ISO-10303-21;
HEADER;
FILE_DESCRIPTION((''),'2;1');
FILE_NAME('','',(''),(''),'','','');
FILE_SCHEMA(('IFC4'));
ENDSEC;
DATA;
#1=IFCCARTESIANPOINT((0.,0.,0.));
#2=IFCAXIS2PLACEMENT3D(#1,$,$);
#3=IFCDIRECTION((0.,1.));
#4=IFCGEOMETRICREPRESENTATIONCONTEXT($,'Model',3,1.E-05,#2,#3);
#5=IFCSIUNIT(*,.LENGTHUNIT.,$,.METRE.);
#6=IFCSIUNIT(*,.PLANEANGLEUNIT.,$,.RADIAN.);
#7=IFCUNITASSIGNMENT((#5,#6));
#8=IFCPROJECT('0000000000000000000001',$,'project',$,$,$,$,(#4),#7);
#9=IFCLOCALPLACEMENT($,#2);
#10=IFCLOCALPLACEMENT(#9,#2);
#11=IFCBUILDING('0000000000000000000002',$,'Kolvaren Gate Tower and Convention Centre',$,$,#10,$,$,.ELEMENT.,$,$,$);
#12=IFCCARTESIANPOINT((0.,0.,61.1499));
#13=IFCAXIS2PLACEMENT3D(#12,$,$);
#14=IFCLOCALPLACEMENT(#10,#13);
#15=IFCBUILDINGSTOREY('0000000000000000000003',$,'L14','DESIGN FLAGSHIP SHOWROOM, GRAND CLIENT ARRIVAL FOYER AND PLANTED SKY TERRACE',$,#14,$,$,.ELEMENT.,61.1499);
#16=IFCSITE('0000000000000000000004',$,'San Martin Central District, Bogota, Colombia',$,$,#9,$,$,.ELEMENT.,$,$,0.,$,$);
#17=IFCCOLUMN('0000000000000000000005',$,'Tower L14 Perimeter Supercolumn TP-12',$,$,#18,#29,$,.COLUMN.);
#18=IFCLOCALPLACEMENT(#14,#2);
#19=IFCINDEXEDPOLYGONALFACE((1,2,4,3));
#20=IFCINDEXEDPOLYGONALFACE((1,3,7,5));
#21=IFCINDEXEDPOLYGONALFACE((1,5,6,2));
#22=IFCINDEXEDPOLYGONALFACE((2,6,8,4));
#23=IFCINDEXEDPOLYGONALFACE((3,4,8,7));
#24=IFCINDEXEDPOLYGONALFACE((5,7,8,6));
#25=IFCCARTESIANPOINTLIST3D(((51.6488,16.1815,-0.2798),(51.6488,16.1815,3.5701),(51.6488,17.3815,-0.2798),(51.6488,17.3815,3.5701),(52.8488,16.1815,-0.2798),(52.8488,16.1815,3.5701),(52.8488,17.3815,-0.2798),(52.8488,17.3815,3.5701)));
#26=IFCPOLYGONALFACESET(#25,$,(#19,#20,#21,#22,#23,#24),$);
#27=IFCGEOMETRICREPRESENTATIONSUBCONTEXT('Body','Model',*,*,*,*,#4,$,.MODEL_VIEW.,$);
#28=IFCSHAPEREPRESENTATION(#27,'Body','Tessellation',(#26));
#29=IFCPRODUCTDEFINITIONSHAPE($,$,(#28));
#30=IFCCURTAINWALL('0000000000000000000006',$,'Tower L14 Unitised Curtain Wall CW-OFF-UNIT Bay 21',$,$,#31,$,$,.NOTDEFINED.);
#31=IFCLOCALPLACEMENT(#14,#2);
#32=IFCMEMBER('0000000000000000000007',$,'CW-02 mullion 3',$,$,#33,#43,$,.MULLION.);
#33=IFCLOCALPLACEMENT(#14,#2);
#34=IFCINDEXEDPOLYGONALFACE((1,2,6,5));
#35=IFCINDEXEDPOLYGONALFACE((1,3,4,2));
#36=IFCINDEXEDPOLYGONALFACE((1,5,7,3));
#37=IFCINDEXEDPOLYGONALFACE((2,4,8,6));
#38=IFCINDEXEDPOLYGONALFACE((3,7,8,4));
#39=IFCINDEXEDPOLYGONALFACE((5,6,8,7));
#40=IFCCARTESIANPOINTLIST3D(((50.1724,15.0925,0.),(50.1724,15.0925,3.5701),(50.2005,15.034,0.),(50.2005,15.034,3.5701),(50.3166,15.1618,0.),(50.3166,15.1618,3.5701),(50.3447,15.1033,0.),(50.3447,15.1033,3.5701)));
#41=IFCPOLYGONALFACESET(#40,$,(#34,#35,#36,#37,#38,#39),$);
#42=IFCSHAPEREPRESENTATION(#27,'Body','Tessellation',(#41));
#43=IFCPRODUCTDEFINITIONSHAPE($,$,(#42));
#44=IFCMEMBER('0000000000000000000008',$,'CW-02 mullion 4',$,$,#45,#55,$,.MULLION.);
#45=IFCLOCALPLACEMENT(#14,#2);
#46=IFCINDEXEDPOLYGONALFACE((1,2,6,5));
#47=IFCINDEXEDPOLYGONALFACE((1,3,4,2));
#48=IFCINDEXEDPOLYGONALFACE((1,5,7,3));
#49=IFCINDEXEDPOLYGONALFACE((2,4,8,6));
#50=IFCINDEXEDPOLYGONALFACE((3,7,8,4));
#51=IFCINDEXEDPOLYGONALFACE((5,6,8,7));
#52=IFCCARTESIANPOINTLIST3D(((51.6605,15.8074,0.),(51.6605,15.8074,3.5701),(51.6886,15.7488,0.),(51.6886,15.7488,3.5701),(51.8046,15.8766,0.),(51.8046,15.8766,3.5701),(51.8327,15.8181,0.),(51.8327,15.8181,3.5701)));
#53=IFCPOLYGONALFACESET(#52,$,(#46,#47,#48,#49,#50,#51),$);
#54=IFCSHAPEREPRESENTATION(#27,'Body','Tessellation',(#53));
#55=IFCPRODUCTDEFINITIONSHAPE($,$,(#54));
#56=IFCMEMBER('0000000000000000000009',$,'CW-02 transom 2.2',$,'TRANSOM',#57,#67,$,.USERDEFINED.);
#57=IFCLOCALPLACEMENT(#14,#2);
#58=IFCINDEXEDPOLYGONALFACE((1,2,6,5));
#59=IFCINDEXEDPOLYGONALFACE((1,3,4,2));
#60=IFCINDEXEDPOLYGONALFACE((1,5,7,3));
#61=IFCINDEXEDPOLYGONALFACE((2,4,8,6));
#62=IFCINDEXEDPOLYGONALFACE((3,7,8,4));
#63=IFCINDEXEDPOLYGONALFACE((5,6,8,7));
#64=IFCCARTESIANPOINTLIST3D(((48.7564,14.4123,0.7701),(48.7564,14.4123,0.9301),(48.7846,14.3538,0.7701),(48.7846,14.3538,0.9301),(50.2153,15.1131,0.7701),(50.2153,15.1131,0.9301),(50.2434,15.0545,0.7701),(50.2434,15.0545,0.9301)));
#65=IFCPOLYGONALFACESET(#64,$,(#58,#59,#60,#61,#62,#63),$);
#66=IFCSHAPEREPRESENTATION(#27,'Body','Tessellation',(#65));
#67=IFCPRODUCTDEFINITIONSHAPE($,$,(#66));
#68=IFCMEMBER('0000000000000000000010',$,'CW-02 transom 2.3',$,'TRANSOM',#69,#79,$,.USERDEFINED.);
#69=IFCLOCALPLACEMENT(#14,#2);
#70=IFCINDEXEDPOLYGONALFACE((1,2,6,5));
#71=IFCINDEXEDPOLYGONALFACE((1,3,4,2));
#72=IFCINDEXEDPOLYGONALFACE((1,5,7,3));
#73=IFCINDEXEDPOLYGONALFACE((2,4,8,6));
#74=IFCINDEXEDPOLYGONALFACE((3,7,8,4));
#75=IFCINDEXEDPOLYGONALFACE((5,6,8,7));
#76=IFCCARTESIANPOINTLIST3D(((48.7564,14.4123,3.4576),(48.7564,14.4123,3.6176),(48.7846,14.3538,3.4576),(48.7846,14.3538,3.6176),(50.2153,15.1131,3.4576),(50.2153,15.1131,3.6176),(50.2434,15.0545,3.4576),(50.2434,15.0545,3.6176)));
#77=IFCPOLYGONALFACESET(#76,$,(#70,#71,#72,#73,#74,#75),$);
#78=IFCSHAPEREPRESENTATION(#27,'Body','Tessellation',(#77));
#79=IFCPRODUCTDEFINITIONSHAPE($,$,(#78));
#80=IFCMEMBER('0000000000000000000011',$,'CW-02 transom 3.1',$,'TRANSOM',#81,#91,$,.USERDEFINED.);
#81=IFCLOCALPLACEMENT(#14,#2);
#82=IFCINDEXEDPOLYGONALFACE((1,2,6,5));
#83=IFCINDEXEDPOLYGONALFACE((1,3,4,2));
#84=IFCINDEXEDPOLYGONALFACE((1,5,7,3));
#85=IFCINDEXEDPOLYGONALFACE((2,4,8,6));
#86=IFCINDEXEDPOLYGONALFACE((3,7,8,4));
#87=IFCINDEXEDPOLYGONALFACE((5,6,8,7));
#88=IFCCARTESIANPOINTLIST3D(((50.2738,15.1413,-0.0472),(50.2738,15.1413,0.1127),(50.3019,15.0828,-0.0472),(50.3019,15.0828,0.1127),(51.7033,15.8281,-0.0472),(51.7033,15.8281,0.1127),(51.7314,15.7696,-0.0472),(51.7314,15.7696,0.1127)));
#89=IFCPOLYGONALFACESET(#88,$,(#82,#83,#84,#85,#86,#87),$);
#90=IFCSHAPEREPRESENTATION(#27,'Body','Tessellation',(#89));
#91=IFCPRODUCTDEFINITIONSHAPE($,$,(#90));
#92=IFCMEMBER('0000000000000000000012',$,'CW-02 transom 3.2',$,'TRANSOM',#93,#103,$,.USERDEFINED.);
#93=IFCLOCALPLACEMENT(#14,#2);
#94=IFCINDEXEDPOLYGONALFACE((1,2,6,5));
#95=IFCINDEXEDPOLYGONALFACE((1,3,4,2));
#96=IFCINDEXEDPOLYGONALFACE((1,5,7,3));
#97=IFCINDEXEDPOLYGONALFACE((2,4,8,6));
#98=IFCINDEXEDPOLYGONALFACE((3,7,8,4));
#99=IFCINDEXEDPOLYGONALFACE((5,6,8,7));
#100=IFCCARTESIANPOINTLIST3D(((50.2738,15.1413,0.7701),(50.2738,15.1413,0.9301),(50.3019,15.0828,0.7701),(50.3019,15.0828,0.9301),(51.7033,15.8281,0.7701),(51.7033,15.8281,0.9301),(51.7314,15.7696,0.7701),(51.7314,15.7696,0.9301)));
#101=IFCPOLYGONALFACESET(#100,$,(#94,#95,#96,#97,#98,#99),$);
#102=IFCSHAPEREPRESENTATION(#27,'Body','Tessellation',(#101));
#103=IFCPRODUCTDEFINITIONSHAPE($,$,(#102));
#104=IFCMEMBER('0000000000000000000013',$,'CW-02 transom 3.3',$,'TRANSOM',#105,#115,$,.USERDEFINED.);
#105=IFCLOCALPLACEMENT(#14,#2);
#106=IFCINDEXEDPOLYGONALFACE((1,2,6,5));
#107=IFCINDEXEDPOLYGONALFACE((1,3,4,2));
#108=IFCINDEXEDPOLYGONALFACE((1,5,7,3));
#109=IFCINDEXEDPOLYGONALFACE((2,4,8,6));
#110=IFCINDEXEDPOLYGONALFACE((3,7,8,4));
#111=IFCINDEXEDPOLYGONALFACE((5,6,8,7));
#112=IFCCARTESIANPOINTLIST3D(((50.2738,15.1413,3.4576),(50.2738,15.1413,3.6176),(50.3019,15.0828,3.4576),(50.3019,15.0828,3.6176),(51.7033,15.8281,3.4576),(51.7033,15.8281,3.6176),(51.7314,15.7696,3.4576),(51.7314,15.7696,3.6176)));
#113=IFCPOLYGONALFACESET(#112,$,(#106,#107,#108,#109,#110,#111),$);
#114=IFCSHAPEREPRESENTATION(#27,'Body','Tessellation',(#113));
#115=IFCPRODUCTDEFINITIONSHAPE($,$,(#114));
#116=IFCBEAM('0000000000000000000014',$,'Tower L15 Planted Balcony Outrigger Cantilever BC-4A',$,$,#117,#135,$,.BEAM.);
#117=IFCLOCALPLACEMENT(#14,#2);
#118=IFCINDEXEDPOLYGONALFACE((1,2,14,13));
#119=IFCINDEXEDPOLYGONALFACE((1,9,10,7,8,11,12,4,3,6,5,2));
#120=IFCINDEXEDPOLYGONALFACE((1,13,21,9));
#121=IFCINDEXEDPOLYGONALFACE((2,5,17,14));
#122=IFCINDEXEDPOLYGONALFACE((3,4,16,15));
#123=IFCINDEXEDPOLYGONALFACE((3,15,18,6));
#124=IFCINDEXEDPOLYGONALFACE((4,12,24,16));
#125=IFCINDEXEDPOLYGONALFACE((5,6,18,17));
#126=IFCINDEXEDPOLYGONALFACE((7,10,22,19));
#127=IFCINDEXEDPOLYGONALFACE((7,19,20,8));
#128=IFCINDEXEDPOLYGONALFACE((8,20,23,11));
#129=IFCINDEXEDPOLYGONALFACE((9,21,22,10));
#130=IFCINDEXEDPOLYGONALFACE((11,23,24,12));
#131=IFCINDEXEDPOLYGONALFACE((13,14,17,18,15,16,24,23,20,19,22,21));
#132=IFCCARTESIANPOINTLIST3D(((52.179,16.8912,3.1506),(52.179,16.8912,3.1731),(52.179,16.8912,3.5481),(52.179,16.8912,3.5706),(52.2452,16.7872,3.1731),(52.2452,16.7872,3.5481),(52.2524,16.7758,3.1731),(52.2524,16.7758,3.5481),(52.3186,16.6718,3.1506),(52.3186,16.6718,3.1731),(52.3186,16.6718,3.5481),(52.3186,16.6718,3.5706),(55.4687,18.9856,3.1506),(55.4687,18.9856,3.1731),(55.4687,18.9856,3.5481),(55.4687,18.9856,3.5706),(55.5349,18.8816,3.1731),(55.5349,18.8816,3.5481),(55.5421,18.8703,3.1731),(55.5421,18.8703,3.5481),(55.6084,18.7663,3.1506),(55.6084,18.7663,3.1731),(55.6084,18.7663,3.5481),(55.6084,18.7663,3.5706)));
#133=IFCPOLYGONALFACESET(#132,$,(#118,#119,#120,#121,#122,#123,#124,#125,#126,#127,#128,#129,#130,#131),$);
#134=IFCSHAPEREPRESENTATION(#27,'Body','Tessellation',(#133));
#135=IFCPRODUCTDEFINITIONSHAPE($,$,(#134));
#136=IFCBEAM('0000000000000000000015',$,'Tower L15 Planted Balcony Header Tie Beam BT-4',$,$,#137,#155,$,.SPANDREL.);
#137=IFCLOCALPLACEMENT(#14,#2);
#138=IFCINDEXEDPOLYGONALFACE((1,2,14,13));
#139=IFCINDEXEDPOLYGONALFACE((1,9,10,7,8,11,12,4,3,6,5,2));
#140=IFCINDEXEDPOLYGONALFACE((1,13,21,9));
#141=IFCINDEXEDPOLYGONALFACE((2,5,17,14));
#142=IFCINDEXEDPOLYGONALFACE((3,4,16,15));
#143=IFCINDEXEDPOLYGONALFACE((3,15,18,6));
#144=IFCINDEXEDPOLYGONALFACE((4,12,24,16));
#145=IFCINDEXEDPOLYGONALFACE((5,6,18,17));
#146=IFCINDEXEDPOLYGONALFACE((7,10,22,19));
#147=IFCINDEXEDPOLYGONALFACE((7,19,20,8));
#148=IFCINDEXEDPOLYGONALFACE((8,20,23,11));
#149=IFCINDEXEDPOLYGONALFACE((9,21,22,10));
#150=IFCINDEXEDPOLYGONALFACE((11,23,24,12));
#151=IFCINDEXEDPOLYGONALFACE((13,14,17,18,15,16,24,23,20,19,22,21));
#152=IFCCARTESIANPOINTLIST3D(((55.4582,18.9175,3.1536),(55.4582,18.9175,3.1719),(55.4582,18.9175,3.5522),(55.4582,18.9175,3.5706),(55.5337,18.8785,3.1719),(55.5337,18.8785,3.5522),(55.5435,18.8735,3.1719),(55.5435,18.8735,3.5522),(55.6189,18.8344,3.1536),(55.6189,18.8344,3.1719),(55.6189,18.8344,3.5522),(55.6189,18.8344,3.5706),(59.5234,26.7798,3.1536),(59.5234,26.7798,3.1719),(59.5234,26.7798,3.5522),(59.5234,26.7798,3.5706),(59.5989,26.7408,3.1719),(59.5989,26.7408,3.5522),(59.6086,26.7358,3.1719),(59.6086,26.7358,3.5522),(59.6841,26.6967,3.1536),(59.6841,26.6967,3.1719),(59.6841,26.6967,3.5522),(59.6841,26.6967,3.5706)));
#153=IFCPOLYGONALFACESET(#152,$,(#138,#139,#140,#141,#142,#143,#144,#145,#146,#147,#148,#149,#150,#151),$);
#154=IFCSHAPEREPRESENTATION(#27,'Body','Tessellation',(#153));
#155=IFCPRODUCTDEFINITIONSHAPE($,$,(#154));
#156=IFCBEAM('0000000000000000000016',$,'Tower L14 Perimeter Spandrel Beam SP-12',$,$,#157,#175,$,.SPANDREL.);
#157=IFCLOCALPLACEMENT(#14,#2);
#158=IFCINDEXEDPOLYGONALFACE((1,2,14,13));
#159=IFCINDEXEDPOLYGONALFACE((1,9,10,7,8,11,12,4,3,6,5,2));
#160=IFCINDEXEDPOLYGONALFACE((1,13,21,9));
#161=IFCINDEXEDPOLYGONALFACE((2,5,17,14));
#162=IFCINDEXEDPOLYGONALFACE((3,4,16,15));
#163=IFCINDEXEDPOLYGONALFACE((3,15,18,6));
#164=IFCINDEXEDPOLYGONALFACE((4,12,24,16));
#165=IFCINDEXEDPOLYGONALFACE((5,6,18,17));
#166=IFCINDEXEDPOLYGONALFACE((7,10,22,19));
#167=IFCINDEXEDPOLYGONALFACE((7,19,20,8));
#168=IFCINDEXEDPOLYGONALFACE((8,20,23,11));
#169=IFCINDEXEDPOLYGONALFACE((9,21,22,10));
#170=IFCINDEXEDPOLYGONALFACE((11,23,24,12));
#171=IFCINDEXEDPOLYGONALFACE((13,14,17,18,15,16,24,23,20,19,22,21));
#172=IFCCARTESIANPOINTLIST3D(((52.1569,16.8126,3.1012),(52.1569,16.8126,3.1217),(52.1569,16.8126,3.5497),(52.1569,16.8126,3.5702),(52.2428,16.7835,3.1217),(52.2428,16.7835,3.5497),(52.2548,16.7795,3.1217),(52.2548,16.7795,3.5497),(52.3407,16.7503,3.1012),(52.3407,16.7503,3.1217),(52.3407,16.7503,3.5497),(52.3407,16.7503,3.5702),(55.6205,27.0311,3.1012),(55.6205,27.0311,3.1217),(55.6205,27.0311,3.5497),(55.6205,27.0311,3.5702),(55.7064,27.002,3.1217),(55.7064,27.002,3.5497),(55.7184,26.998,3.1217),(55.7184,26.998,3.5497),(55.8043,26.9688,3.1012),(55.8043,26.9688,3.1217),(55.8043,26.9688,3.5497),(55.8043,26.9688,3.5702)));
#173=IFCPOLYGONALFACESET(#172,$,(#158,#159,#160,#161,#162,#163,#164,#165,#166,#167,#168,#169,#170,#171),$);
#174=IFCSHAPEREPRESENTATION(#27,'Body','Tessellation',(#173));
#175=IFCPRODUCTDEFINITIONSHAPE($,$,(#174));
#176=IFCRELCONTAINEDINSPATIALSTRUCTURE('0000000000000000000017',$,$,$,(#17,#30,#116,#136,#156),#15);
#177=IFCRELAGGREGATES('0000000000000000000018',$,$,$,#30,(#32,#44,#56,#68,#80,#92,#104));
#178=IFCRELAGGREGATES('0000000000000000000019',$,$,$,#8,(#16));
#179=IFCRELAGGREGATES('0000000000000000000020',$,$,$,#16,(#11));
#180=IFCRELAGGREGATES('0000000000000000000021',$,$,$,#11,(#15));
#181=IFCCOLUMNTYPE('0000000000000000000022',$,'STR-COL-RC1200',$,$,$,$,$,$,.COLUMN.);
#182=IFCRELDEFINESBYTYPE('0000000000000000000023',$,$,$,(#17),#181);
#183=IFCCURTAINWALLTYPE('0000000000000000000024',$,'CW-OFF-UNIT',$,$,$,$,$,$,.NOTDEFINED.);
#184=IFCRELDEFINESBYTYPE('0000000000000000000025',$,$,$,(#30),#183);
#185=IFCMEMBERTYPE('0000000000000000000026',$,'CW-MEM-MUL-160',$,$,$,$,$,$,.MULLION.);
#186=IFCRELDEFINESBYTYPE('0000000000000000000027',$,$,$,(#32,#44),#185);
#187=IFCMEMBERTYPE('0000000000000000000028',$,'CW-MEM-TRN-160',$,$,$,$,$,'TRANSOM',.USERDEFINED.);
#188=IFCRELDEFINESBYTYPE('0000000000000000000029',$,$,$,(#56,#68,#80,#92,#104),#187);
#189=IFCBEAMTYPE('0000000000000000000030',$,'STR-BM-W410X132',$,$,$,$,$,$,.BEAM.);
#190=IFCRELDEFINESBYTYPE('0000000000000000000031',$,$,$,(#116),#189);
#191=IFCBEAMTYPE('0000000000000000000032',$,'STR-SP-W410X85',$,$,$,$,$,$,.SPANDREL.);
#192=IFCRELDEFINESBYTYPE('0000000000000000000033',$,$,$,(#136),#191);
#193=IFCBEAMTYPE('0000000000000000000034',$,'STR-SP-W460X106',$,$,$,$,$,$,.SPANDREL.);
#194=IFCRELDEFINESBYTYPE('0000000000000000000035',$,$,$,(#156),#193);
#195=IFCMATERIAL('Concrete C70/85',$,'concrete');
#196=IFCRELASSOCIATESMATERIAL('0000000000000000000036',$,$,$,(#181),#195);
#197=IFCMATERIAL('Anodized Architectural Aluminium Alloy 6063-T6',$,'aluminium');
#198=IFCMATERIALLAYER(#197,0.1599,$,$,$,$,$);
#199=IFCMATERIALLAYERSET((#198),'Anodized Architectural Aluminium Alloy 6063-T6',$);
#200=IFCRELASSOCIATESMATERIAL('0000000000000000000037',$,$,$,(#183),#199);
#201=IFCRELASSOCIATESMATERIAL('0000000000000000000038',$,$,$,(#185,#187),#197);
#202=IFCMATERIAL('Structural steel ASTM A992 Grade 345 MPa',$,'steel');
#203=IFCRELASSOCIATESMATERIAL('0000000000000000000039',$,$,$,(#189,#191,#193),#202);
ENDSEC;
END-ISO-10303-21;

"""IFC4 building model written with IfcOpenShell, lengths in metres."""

from ifc_helpers import new_model, si_unit, direction, frame, origin, origin_2d, place, context, subcontext, project, spatial, rectangle, i_section, extrude, material, layer, layer_set, material_profile, profile_set, type_object, element, aggregate, save


model = new_model("IFC4")

# Units and contexts
model_context = context("Model", 3, precision=1e-05, world=origin(), true_north=direction((0.0, 1.0)))
body_context = subcontext(model_context, "Body", "Model", "MODEL_VIEW")
ifc_project = project(units=[si_unit("LENGTHUNIT", "METRE"), si_unit("PLANEANGLEUNIT", "RADIAN")], contexts=[model_context])

# Site, building, storey
site_placement = place(None, origin())
site = spatial("IfcSite", under=ifc_project, at=site_placement, Name="San Martin Central District, Bogota, Colombia", CompositionType="ELEMENT", RefElevation=0.0)
building_placement = place(site_placement, origin())
building = spatial("IfcBuilding", under=site, at=building_placement, Name="Kolvaren Gate Tower and Convention Centre", CompositionType="ELEMENT")
storey_placement = place(building_placement, frame((0.0, 0.0, 61.1499)))
storey = spatial("IfcBuildingStorey", under=building, at=storey_placement, Name="L14", Description="DESIGN FLAGSHIP SHOWROOM, GRAND CLIENT ARRIVAL FOYER AND PLANTED SKY TERRACE", CompositionType="ELEMENT", Elevation=61.1499)

# Column
ifc_material_1 = material(Name="Concrete C70/85", Category="concrete")
ifc_material_profile_1 = material_profile(ifc_material_1, rectangle(XDim=1.2, YDim=1.2, at=origin_2d()), Name="RC-COL-1200X1200")
ifc_profile_set_1 = profile_set([ifc_material_profile_1], Name="Concrete C70/85")
column_type = type_object("IfcColumnType", Name="STR-COL-RC1200", PredefinedType="COLUMN", material=ifc_profile_set_1)
column_placement = place(storey_placement, frame((52.2488, 16.7815, -0.2798), z_axis=(0.0, 0.0, 1.0), x_axis=(1.0, 0.0, 0.0)))
element("IfcColumn", 1, at=column_placement, inside=storey, type_object=column_type, Name="Tower L14 Perimeter Supercolumn TP-12", PredefinedType="COLUMN", context=body_context, shape_type="SweptSolid", body=[
    extrude(rectangle(XDim=1.2, YDim=1.2, at=origin_2d()), origin(), (0.0, 0.0, 1.0), 3.8499),
])

# Curtain wall, members
ifc_material_2 = material(Name="Anodized Architectural Aluminium Alloy 6063-T6", Category="aluminium")
ifc_layer_1 = layer(ifc_material_2, 0.1599)
ifc_layer_set_1 = layer_set([ifc_layer_1], Name="Anodized Architectural Aluminium Alloy 6063-T6")
curtain_wall_type = type_object("IfcCurtainWallType", Name="CW-OFF-UNIT", PredefinedType="NOTDEFINED", material=ifc_layer_set_1)
curtain_wall_placement = place(storey_placement, origin())
curtain_wall = element("IfcCurtainWall", 2, at=curtain_wall_placement, inside=storey, type_object=curtain_wall_type, Name="Tower L14 Unitised Curtain Wall CW-OFF-UNIT Bay 21", PredefinedType="NOTDEFINED")
ifc_material_profile_2 = material_profile(ifc_material_2, rectangle(XDim=0.0649, YDim=0.1599, at=origin_2d()), Name="CW-MEM-MUL-160")
ifc_profile_set_2 = profile_set([ifc_material_profile_2], Name="Anodized Architectural Aluminium Alloy 6063-T6")
member_type_1 = type_object("IfcMemberType", Name="CW-MEM-MUL-160", PredefinedType="MULLION", material=ifc_profile_set_2)
member_1_placement = place(storey_placement, frame((50.2585, 15.0979, 0.0), z_axis=(0.0, 0.0, 1.0), x_axis=(-0.433067, 0.901362, 0.0)))
member_1 = element("IfcMember", 3, at=member_1_placement, type_object=member_type_1, Name="CW-02 mullion 3", PredefinedType="MULLION", context=body_context, shape_type="SweptSolid", body=[
    extrude(rectangle(XDim=0.0649, YDim=0.1599, at=origin_2d()), origin(), (0.0, 0.0, 1.0), 3.5701),
])
member_2_placement = place(storey_placement, frame((51.7466, 15.8127, 0.0), z_axis=(0.0, 0.0, 1.0), x_axis=(-0.433067, 0.901362, 0.0)))
member_2 = element("IfcMember", 4, at=member_2_placement, type_object=member_type_1, Name="CW-02 mullion 4", PredefinedType="MULLION", context=body_context, shape_type="SweptSolid", body=[
    extrude(rectangle(XDim=0.0649, YDim=0.1599, at=origin_2d()), origin(), (0.0, 0.0, 1.0), 3.5701),
])
ifc_material_profile_3 = material_profile(ifc_material_2, rectangle(XDim=0.0649, YDim=0.1599, at=origin_2d()), Name="CW-MEM-TRN-160")
ifc_profile_set_3 = profile_set([ifc_material_profile_3], Name="Anodized Architectural Aluminium Alloy 6063-T6")
member_type_2 = type_object("IfcMemberType", Name="CW-MEM-TRN-160", ElementType="TRANSOM", PredefinedType="USERDEFINED", material=ifc_profile_set_3)
member_3_placement = place(storey_placement, frame((48.7705, 14.3831, 0.8501), z_axis=(0.901405, 0.432976, 0.0), x_axis=(-0.432976, 0.901405, 0.0)))
member_3 = element("IfcMember", 5, at=member_3_placement, type_object=member_type_2, Name="CW-02 transom 2.2", ObjectType="TRANSOM", PredefinedType="USERDEFINED", context=body_context, shape_type="SweptSolid", body=[
    extrude(rectangle(XDim=0.0649, YDim=0.1599, at=origin_2d()), origin(), (0.0, 0.0, 1.0), 1.6184),
])
member_4_placement = place(storey_placement, frame((48.7705, 14.3831, 3.5376), z_axis=(0.901405, 0.432976, 0.0), x_axis=(-0.432976, 0.901405, 0.0)))
member_4 = element("IfcMember", 6, at=member_4_placement, type_object=member_type_2, Name="CW-02 transom 2.3", ObjectType="TRANSOM", PredefinedType="USERDEFINED", context=body_context, shape_type="SweptSolid", body=[
    extrude(rectangle(XDim=0.0649, YDim=0.1599, at=origin_2d()), origin(), (0.0, 0.0, 1.0), 1.6184),
])
member_5_placement = place(storey_placement, frame((50.2878, 15.1121, 0.0327), z_axis=(0.901367, 0.433056, 0.0), x_axis=(-0.433056, 0.901367, 0.0)))
member_5 = element("IfcMember", 7, at=member_5_placement, type_object=member_type_2, Name="CW-02 transom 3.1", ObjectType="TRANSOM", PredefinedType="USERDEFINED", context=body_context, shape_type="SweptSolid", body=[
    extrude(rectangle(XDim=0.0649, YDim=0.1599, at=origin_2d()), origin(), (0.0, 0.0, 1.0), 1.5859),
])
member_6_placement = place(storey_placement, frame((50.2878, 15.1121, 0.8501), z_axis=(0.901367, 0.433056, 0.0), x_axis=(-0.433056, 0.901367, 0.0)))
member_6 = element("IfcMember", 8, at=member_6_placement, type_object=member_type_2, Name="CW-02 transom 3.2", ObjectType="TRANSOM", PredefinedType="USERDEFINED", context=body_context, shape_type="SweptSolid", body=[
    extrude(rectangle(XDim=0.0649, YDim=0.1599, at=origin_2d()), origin(), (0.0, 0.0, 1.0), 1.5859),
])
member_7_placement = place(storey_placement, frame((50.2878, 15.1121, 3.5376), z_axis=(0.901367, 0.433056, 0.0), x_axis=(-0.433056, 0.901367, 0.0)))
member_7 = element("IfcMember", 9, at=member_7_placement, type_object=member_type_2, Name="CW-02 transom 3.3", ObjectType="TRANSOM", PredefinedType="USERDEFINED", context=body_context, shape_type="SweptSolid", body=[
    extrude(rectangle(XDim=0.0649, YDim=0.1599, at=origin_2d()), origin(), (0.0, 0.0, 1.0), 1.5859),
])

# Beams
ifc_material_3 = material(Name="Structural steel ASTM A992 Grade 345 MPa", Category="steel")
ifc_material_profile_4 = material_profile(ifc_material_3, i_section(OverallWidth=0.26, OverallDepth=0.4199, WebThickness=0.0134, FlangeThickness=0.0225, at=origin_2d()), Name="W410X132")
ifc_profile_set_4 = profile_set([ifc_material_profile_4], Name="Structural steel ASTM A992 Grade 345 MPa")
beam_type_1 = type_object("IfcBeamType", Name="STR-BM-W410X132", PredefinedType="BEAM", material=ifc_profile_set_4)
beam_1_placement = place(storey_placement, frame((52.2488, 16.7815, 3.3606), z_axis=(0.843548, 0.537054, 0.0), x_axis=(-0.537054, 0.843548, 0.0)))
element("IfcBeam", 10, at=beam_1_placement, inside=storey, type_object=beam_type_1, Name="Tower L15 Planted Balcony Outrigger Cantilever BC-4A", PredefinedType="BEAM", context=body_context, shape_type="SweptSolid", body=[
    extrude(i_section(OverallWidth=0.26, OverallDepth=0.4199, WebThickness=0.0134, FlangeThickness=0.0225, at=origin_2d()), origin(), (0.0, 0.0, 1.0), 3.8999),
])
ifc_material_profile_5 = material_profile(ifc_material_3, i_section(OverallWidth=0.1809, OverallDepth=0.417, WebThickness=0.011, FlangeThickness=0.0183, at=origin_2d()), Name="W410X85")
ifc_profile_set_5 = profile_set([ifc_material_profile_5], Name="Structural steel ASTM A992 Grade 345 MPa")
beam_type_2 = type_object("IfcBeamType", Name="STR-SP-W410X85", PredefinedType="SPANDREL", material=ifc_profile_set_5)
beam_2_placement = place(storey_placement, frame((55.5386, 18.876, 3.3621), z_axis=(0.459287, 0.888288, 0.0), x_axis=(-0.888288, 0.459287, 0.0)))
element("IfcBeam", 11, at=beam_2_placement, inside=storey, type_object=beam_type_2, Name="Tower L15 Planted Balcony Header Tie Beam BT-4", PredefinedType="SPANDREL", context=body_context, shape_type="SweptSolid", body=[
    extrude(i_section(OverallWidth=0.1809, OverallDepth=0.417, WebThickness=0.011, FlangeThickness=0.0183, at=origin_2d()), origin(), (0.0, 0.0, 1.0), 8.8511),
])
ifc_material_profile_6 = material_profile(ifc_material_3, i_section(OverallWidth=0.1941, OverallDepth=0.469, WebThickness=0.0127, FlangeThickness=0.0205, at=origin_2d()), Name="W460X106")
ifc_profile_set_6 = profile_set([ifc_material_profile_6], Name="Structural steel ASTM A992 Grade 345 MPa")
beam_type_3 = type_object("IfcBeamType", Name="STR-SP-W460X106", PredefinedType="SPANDREL", material=ifc_profile_set_6)
beam_3_placement = place(storey_placement, frame((52.2488, 16.7815, 3.3357), z_axis=(0.321016, 0.947074, 0.0), x_axis=(-0.947074, 0.321016, 0.0)))
element("IfcBeam", 12, at=beam_3_placement, inside=storey, type_object=beam_type_3, Name="Tower L14 Perimeter Spandrel Beam SP-12", PredefinedType="SPANDREL", context=body_context, shape_type="SweptSolid", body=[
    extrude(i_section(OverallWidth=0.1941, OverallDepth=0.469, WebThickness=0.0127, FlangeThickness=0.0205, at=origin_2d()), origin(), (0.0, 0.0, 1.0), 10.7896),
])

aggregate(curtain_wall, [member_1, member_2, member_3, member_4, member_5, member_6, member_7])

save(model, "model.ifc")
